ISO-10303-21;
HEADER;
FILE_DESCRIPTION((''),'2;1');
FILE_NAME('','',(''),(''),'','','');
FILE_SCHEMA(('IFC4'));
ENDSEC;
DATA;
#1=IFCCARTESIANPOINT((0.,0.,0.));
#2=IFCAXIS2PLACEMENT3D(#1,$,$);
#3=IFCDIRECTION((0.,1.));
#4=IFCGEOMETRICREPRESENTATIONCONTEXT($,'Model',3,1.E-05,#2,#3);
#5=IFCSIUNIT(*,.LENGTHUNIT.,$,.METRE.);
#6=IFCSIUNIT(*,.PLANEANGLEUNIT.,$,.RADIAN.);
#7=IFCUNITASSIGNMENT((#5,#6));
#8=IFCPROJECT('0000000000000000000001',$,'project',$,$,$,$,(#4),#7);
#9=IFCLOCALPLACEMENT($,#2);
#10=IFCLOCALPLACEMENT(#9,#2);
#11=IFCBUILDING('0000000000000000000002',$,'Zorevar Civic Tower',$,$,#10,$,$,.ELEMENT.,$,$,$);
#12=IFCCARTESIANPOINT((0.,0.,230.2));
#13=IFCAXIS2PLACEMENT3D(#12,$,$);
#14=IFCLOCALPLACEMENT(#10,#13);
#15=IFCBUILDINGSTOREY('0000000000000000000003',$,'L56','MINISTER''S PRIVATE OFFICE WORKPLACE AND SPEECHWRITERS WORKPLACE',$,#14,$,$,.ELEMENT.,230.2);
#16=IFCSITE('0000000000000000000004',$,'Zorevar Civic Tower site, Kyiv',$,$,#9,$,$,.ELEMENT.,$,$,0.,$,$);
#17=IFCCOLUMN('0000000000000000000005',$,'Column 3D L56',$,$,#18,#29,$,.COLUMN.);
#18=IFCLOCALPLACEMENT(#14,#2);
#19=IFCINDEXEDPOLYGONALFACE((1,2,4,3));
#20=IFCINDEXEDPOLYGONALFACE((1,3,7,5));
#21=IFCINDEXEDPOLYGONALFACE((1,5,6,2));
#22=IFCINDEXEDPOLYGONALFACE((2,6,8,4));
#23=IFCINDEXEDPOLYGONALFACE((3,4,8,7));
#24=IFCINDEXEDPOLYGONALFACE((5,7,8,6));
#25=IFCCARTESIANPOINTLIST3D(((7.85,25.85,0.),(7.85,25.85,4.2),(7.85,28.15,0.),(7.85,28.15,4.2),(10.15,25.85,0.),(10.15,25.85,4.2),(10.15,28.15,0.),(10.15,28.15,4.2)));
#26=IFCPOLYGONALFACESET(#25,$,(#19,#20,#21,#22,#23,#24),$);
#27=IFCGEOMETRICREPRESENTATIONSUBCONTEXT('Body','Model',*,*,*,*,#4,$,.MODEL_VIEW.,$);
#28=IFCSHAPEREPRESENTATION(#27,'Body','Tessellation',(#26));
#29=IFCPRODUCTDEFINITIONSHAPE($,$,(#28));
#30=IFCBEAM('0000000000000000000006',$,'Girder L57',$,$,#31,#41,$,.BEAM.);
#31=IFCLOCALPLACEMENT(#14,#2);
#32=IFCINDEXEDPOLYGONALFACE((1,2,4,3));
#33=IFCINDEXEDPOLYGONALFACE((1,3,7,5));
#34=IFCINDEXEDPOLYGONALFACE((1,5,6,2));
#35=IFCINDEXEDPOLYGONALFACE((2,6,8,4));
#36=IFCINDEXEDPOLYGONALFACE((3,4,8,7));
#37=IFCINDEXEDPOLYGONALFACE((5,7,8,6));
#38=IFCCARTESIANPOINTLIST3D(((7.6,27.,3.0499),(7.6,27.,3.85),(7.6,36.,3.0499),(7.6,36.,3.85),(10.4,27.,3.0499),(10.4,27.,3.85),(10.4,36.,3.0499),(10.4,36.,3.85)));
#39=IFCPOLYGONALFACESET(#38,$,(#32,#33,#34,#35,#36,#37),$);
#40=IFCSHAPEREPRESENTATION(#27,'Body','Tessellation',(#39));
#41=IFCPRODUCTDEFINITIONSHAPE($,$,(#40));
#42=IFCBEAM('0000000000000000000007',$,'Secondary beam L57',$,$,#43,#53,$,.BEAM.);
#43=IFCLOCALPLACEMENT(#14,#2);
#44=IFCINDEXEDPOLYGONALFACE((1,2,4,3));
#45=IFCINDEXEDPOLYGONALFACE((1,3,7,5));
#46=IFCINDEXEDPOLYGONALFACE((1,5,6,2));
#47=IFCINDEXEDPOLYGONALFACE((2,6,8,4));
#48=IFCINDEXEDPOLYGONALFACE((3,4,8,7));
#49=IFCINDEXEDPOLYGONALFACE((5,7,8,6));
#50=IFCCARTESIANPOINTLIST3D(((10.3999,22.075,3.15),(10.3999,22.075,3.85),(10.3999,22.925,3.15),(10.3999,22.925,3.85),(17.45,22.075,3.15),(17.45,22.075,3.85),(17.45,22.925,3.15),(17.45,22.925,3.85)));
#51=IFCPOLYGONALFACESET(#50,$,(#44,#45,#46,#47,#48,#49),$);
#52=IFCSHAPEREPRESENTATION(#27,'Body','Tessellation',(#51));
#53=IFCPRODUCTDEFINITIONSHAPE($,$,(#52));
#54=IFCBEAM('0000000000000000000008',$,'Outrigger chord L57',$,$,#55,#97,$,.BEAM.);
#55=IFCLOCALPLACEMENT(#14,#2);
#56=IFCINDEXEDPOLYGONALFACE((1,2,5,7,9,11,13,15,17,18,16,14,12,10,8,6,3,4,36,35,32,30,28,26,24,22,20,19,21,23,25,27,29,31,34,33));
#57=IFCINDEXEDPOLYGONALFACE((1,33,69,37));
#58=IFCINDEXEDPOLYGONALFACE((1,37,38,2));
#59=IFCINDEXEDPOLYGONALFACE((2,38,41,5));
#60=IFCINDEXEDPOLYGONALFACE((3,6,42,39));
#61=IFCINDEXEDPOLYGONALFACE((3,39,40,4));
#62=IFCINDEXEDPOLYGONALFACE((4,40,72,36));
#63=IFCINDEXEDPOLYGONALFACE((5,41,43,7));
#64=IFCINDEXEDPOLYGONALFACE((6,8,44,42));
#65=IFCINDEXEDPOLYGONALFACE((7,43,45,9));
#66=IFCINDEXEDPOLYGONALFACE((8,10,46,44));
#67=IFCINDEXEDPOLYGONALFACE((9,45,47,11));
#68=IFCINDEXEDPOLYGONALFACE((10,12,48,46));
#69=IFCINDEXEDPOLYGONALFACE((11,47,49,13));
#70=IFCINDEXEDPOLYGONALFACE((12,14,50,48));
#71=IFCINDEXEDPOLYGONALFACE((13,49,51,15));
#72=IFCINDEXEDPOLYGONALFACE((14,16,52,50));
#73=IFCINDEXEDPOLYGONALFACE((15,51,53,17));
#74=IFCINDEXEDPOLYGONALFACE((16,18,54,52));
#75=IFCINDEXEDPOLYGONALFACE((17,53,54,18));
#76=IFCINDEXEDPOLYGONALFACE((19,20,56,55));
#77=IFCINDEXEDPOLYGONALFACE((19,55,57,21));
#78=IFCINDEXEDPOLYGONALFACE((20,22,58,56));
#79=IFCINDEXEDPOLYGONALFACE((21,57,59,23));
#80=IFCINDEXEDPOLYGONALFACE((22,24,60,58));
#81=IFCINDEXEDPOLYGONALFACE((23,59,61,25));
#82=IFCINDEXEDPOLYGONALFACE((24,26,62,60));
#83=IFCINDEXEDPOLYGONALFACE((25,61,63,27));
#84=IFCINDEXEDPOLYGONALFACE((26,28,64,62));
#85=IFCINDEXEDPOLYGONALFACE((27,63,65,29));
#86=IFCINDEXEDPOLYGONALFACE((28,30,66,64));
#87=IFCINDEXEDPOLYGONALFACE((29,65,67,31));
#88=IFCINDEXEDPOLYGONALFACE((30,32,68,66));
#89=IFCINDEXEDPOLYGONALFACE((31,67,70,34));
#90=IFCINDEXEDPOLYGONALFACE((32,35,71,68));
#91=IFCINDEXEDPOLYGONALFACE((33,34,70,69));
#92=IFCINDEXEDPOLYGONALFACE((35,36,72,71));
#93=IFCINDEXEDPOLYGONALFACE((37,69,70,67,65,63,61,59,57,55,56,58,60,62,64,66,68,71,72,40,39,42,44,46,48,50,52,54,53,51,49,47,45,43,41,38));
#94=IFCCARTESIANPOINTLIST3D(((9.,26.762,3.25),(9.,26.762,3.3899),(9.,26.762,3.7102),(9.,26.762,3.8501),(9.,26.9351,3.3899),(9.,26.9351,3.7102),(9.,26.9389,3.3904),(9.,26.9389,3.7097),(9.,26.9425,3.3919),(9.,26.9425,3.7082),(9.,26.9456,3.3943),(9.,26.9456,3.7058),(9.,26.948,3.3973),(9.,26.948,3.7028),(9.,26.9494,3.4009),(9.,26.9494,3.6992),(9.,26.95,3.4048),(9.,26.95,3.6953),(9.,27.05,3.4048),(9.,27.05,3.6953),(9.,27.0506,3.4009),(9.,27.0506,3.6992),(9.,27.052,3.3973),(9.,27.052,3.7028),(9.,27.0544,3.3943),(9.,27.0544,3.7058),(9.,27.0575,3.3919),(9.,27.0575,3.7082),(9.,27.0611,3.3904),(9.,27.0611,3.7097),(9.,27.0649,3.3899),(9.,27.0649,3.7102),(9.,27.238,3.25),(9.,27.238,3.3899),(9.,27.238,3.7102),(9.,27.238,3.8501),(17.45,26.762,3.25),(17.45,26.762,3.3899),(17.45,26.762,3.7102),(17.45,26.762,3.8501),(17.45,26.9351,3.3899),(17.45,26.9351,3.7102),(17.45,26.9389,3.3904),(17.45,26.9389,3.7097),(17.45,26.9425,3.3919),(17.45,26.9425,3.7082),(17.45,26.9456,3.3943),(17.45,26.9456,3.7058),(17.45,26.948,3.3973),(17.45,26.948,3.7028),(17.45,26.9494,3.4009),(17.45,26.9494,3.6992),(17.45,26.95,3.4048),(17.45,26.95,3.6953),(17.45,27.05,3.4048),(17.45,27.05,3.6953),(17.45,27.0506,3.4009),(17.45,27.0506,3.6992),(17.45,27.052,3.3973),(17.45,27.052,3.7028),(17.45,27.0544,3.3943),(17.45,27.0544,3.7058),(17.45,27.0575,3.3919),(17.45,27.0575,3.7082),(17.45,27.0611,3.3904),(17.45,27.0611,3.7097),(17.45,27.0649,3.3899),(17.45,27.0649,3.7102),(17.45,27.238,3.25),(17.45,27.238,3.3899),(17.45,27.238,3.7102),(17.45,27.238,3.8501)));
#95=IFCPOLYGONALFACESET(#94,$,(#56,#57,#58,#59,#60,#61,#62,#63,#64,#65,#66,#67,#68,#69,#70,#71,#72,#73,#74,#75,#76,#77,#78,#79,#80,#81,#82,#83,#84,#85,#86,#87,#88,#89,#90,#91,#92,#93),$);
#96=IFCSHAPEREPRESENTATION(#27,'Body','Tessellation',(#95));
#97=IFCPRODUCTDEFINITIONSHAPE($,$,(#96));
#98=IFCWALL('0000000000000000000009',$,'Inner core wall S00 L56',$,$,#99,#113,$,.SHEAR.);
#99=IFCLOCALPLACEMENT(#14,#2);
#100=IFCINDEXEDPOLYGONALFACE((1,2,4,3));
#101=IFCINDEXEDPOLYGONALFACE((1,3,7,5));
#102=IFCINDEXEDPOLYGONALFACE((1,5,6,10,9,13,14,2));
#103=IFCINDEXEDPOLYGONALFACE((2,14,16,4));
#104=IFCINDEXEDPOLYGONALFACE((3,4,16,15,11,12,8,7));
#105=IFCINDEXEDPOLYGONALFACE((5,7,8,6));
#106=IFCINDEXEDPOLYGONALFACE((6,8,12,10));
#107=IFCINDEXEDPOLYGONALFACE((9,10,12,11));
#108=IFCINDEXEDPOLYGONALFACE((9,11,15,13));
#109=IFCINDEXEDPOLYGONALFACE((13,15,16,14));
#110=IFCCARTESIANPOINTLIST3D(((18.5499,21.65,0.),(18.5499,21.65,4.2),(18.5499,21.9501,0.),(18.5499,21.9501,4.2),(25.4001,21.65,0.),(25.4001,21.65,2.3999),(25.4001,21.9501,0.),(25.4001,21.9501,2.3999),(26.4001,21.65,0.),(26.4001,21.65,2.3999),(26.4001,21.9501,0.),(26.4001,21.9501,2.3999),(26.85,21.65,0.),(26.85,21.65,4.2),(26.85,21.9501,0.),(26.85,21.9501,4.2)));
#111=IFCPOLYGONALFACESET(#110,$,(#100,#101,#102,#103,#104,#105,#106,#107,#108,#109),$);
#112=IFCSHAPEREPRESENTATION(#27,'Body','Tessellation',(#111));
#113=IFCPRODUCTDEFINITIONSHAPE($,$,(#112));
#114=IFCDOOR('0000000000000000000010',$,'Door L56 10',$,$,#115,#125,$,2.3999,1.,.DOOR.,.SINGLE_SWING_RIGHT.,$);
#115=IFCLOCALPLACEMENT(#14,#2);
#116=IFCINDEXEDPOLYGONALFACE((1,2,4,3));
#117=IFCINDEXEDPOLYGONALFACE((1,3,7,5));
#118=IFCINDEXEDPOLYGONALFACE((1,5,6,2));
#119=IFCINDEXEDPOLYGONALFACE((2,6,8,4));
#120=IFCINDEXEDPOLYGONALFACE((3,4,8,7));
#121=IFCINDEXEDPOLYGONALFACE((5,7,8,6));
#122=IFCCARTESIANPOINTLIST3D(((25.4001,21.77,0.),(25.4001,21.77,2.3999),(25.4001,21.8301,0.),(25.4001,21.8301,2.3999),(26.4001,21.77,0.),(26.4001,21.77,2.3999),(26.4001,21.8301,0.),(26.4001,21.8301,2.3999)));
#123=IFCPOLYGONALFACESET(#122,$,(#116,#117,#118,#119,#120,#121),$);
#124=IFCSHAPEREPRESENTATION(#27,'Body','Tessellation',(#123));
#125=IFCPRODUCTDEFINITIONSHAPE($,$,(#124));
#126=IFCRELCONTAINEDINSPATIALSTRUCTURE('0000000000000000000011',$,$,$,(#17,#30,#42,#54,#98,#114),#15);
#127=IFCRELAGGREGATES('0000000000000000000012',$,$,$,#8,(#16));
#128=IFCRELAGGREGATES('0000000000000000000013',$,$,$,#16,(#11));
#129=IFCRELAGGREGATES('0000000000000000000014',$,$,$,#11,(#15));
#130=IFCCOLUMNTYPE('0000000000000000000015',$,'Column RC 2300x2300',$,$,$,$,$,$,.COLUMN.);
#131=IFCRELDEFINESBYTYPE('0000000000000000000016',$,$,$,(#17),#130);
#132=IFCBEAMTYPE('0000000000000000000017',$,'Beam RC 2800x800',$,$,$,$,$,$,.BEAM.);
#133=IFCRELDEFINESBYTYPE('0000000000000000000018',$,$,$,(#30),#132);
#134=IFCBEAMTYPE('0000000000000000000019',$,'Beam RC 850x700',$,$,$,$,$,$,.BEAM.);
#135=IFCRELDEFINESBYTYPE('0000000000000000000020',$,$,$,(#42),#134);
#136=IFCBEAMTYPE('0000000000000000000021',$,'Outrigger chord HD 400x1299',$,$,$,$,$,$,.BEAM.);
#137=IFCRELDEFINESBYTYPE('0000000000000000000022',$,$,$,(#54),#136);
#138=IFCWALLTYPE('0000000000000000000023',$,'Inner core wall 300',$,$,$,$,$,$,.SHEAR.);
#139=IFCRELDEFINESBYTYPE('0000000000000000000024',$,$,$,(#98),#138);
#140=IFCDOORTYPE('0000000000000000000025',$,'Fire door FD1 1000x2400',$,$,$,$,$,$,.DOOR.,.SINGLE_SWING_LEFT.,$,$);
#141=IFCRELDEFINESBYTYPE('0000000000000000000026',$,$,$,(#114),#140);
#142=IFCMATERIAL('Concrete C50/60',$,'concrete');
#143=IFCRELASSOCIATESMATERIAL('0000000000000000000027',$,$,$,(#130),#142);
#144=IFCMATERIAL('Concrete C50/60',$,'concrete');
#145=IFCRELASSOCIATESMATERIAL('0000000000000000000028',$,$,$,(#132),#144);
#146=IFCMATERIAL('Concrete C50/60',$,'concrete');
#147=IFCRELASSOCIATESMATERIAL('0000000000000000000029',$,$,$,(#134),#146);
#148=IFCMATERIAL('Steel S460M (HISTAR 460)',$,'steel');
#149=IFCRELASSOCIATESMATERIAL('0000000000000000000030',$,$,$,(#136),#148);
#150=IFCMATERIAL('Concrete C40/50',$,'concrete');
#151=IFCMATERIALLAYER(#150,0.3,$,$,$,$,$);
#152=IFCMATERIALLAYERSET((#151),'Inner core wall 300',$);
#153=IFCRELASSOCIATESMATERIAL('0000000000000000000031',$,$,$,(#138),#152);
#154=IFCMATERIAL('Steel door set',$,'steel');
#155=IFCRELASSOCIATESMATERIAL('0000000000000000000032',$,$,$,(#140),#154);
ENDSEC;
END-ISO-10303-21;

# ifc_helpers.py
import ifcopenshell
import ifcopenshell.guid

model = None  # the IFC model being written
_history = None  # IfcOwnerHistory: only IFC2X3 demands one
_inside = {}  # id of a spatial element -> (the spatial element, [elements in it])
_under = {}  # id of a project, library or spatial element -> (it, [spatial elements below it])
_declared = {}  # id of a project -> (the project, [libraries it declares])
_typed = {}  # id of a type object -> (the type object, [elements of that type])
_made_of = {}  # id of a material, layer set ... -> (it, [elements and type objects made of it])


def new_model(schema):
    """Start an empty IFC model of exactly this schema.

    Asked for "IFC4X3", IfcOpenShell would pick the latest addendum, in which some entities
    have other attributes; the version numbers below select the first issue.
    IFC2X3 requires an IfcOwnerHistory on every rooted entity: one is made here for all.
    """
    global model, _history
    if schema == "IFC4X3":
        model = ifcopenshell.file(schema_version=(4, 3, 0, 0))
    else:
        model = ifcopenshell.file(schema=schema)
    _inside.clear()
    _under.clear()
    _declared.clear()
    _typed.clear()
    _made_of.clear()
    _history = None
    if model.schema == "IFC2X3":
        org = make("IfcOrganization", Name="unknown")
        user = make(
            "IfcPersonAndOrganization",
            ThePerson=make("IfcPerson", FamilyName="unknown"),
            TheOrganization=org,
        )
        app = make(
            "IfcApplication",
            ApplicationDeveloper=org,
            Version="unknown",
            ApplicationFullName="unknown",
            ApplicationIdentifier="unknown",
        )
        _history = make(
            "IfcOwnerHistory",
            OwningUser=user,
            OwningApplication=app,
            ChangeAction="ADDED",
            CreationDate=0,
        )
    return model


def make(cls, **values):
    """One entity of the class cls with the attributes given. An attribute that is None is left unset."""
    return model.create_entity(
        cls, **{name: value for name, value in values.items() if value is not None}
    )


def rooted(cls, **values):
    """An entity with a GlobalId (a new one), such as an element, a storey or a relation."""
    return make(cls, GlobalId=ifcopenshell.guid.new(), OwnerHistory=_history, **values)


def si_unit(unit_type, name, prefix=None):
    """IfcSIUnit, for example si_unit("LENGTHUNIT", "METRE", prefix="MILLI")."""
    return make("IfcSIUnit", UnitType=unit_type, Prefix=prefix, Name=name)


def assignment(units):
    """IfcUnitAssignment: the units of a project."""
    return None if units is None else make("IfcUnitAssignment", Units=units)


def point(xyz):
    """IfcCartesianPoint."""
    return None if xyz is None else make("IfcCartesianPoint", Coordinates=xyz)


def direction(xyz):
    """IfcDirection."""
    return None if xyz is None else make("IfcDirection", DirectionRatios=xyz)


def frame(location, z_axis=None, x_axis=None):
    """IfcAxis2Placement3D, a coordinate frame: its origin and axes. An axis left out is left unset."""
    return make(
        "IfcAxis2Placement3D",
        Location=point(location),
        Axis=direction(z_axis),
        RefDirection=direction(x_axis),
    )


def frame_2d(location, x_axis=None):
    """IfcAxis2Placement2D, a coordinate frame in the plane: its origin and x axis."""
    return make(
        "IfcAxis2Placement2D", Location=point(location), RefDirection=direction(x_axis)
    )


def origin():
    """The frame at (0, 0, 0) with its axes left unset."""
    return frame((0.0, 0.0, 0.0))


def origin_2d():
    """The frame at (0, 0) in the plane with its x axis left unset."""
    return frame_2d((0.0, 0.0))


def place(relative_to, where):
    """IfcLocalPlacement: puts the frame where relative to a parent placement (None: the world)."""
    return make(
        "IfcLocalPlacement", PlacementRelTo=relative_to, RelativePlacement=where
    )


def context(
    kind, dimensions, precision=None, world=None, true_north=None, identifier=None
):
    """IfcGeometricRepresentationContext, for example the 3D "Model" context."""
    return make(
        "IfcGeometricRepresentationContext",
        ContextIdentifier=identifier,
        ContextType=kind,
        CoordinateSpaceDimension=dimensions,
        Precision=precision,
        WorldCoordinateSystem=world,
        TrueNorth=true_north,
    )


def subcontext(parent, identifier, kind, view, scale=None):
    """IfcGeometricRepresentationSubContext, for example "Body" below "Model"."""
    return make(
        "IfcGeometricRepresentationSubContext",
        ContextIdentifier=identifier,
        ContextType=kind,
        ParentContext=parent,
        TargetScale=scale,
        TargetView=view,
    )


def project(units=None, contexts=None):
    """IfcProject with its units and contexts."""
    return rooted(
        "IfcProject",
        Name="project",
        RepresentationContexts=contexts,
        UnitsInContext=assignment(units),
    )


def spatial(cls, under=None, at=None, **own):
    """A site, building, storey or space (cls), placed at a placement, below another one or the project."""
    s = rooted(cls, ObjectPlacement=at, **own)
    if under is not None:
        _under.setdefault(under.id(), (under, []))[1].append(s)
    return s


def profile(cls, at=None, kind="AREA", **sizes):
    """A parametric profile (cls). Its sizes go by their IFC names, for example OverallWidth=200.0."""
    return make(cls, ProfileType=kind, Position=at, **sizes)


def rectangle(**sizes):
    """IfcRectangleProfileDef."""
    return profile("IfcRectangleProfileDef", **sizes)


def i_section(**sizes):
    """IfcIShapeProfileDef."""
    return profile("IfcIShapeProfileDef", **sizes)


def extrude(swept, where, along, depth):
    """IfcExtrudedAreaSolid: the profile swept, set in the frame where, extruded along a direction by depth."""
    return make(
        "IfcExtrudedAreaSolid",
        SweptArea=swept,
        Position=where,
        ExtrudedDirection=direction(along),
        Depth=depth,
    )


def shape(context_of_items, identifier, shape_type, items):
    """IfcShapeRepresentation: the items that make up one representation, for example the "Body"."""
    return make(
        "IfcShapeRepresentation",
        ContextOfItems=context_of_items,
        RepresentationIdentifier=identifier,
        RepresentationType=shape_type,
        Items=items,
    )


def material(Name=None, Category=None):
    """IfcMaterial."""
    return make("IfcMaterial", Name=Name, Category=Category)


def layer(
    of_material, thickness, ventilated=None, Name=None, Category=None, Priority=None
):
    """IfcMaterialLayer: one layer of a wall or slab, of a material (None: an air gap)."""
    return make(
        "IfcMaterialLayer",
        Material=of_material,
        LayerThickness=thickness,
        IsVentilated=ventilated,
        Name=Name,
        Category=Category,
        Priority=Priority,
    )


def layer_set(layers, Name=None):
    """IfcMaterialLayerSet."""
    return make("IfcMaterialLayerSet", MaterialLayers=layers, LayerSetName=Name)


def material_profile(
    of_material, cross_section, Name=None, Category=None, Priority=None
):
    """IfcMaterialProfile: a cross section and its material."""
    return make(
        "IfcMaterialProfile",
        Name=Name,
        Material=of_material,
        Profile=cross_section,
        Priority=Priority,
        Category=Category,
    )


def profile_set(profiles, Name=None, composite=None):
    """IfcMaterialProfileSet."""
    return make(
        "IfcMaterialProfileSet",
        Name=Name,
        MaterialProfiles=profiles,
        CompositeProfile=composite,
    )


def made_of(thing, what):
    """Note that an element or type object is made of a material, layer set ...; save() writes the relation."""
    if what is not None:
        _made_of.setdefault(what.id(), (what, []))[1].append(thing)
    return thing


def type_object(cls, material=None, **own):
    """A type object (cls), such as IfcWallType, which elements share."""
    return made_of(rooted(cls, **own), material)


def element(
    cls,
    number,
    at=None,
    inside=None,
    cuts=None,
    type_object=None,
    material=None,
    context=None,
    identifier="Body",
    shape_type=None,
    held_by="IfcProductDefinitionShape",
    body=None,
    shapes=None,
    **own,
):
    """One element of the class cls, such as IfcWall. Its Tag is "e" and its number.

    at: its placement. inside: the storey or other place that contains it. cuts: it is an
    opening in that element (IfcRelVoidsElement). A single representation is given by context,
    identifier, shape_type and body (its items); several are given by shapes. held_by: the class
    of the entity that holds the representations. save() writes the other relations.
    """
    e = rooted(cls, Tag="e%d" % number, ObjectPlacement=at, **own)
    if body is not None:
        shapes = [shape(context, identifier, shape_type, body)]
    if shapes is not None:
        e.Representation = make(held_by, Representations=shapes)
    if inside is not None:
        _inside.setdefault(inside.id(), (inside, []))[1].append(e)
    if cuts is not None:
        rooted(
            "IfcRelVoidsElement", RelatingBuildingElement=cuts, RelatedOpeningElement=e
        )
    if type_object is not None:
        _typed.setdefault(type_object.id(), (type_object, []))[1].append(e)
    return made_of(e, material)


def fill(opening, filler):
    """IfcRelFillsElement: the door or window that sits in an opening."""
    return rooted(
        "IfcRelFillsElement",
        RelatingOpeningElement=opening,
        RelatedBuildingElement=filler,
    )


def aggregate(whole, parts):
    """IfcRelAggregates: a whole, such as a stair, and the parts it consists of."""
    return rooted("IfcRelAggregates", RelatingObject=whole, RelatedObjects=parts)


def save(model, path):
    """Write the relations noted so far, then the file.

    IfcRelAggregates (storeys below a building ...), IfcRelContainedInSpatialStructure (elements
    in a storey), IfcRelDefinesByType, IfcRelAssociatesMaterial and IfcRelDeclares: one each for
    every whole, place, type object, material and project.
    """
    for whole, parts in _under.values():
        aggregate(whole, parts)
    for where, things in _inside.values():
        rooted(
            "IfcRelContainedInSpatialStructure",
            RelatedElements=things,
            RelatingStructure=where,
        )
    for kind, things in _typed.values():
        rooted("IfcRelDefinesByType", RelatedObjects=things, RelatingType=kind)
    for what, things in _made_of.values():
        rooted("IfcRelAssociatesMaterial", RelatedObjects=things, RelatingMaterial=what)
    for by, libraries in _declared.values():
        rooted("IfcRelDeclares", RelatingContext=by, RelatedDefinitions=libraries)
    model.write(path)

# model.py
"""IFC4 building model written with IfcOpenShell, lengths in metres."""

from ifc_helpers import new_model, si_unit, direction, frame, frame_2d, origin, origin_2d, place, context, subcontext, project, spatial, rectangle, i_section, extrude, material, layer, layer_set, material_profile, profile_set, type_object, element, fill, save


model = new_model("IFC4")

# Units and contexts
model_context = context("Model", 3, precision=1e-05, world=origin(), true_north=direction((0.0, 1.0)))
body_context = subcontext(model_context, "Body", "Model", "MODEL_VIEW")
ifc_project = project(units=[si_unit("LENGTHUNIT", "METRE"), si_unit("PLANEANGLEUNIT", "RADIAN")], contexts=[model_context])

# Site, building, storey
site_placement = place(None, origin())
site = spatial("IfcSite", under=ifc_project, at=site_placement, Name="Zorevar Civic Tower site, Kyiv", CompositionType="ELEMENT", RefElevation=0.0)
building_placement = place(site_placement, origin())
building = spatial("IfcBuilding", under=site, at=building_placement, Name="Zorevar Civic Tower", CompositionType="ELEMENT")
storey_placement = place(building_placement, frame((0.0, 0.0, 230.2)))
storey = spatial("IfcBuildingStorey", under=building, at=storey_placement, Name="L56", Description="MINISTER'S PRIVATE OFFICE WORKPLACE AND SPEECHWRITERS WORKPLACE", CompositionType="ELEMENT", Elevation=230.2)

# Column
ifc_material_1 = material(Name="Concrete C50/60", Category="concrete")
ifc_material_profile_1 = material_profile(ifc_material_1, rectangle(XDim=2.3, YDim=2.3, at=origin_2d()), Name="RC 2300x2300")
ifc_profile_set_1 = profile_set([ifc_material_profile_1], Name="Concrete C50/60")
column_type = type_object("IfcColumnType", Name="Column RC 2300x2300", PredefinedType="COLUMN", material=ifc_profile_set_1)
column_placement = place(storey_placement, frame((9.0, 27.0, 0.0), z_axis=(0.0, 0.0, 1.0), x_axis=(1.0, 0.0, 0.0)))
element("IfcColumn", 1, at=column_placement, inside=storey, type_object=column_type, Name="Column 3D L56", PredefinedType="COLUMN", context=body_context, shape_type="SweptSolid", body=[
    extrude(rectangle(XDim=2.3, YDim=2.3, at=origin_2d()), origin(), (0.0, 0.0, 1.0), 4.2),
])

# Beams
ifc_material_2 = material(Name="Concrete C50/60", Category="concrete")
ifc_material_profile_2 = material_profile(ifc_material_2, rectangle(XDim=2.8, YDim=0.8, at=origin_2d()), Name="RC 2800x800")
ifc_profile_set_2 = profile_set([ifc_material_profile_2], Name="Concrete C50/60")
beam_type_1 = type_object("IfcBeamType", Name="Beam RC 2800x800", PredefinedType="BEAM", material=ifc_profile_set_2)
beam_1_placement = place(storey_placement, frame((9.0, 27.0, 3.45), z_axis=(0.0, 1.0, 0.0), x_axis=(-1.0, 0.0, 0.0)))
element("IfcBeam", 2, at=beam_1_placement, inside=storey, type_object=beam_type_1, Name="Girder L57", PredefinedType="BEAM", context=body_context, shape_type="SweptSolid", body=[
    extrude(rectangle(XDim=2.8, YDim=0.8, at=origin_2d()), origin(), (0.0, 0.0, 1.0), 9.0),
])
ifc_material_3 = material(Name="Concrete C50/60", Category="concrete")
ifc_material_profile_3 = material_profile(ifc_material_3, rectangle(XDim=0.8501, YDim=0.7, at=origin_2d()), Name="RC 850x700")
ifc_profile_set_3 = profile_set([ifc_material_profile_3], Name="Concrete C50/60")
beam_type_2 = type_object("IfcBeamType", Name="Beam RC 850x700", PredefinedType="BEAM", material=ifc_profile_set_3)
beam_2_placement = place(storey_placement, frame((10.3999, 22.5, 3.5), z_axis=(1.0, 0.0, 0.0), x_axis=(0.0, 1.0, 0.0)))
element("IfcBeam", 3, at=beam_2_placement, inside=storey, type_object=beam_type_2, Name="Secondary beam L57", PredefinedType="BEAM", context=body_context, shape_type="SweptSolid", body=[
    extrude(rectangle(XDim=0.8501, YDim=0.7, at=origin_2d()), origin(), (0.0, 0.0, 1.0), 7.05),
])
ifc_material_4 = material(Name="Steel S460M (HISTAR 460)", Category="steel")
ifc_material_profile_4 = material_profile(ifc_material_4, i_section(OverallWidth=0.4761, OverallDepth=0.6001, WebThickness=0.1001, FlangeThickness=0.1399, FilletRadius=0.0149, at=origin_2d()), Name="HD 400x1299")
ifc_profile_set_4 = profile_set([ifc_material_profile_4], Name="Steel S460M (HISTAR 460)")
beam_type_3 = type_object("IfcBeamType", Name="Outrigger chord HD 400x1299", PredefinedType="BEAM", material=ifc_profile_set_4)
beam_3_placement = place(storey_placement, frame((9.0, 27.0, 3.55), z_axis=(1.0, 0.0, 0.0), x_axis=(0.0, 1.0, 0.0)))
element("IfcBeam", 4, at=beam_3_placement, inside=storey, type_object=beam_type_3, Name="Outrigger chord L57", PredefinedType="BEAM", context=body_context, shape_type="SweptSolid", body=[
    extrude(i_section(OverallWidth=0.4761, OverallDepth=0.6001, WebThickness=0.1001, FlangeThickness=0.1399, FilletRadius=0.0149, at=origin_2d()), origin(), (0.0, 0.0, 1.0), 8.45),
])

# Wall, opening, door
ifc_material_5 = material(Name="Concrete C40/50", Category="concrete")
ifc_layer_1 = layer(ifc_material_5, 0.3)
ifc_layer_set_1 = layer_set([ifc_layer_1], Name="Inner core wall 300")
wall_type_1 = type_object("IfcWallType", Name="Inner core wall 300", PredefinedType="SHEAR", material=ifc_layer_set_1)
wall_1_placement = place(storey_placement, frame((18.55, 21.8, 0.0), z_axis=(0.0, 0.0, 1.0), x_axis=(1.0, 0.0, 0.0)))
wall_1 = element("IfcWall", 5, at=wall_1_placement, inside=storey, type_object=wall_type_1, Name="Inner core wall S00 L56", PredefinedType="SHEAR", context=body_context, shape_type="SweptSolid", body=[
    extrude(rectangle(XDim=8.3, YDim=0.3, at=frame_2d((4.1499, 0.0))), origin(), (0.0, 0.0, 1.0), 4.2),
])
opening_1_placement = place(wall_1_placement, frame((6.8501, 0.0, 0.0)))
opening_1 = element("IfcOpeningElement", 6, at=opening_1_placement, cuts=wall_1, PredefinedType="OPENING", context=body_context, shape_type="SweptSolid", body=[
    extrude(rectangle(XDim=1.0, YDim=2.3999, at=frame_2d((0.5, 1.2))), frame((0.0, 0.1599, 0.0), z_axis=(0.0, -1.0, 0.0), x_axis=(1.0, 0.0, 0.0)), (0.0, 0.0, 1.0), 0.3201),
])
ifc_material_6 = material(Name="Steel door set", Category="steel")
door_type_1 = type_object("IfcDoorType", Name="Fire door FD1 1000x2400", OperationType="SINGLE_SWING_LEFT", PredefinedType="DOOR", material=ifc_material_6)
door_1_placement = place(opening_1_placement, origin())
door_1 = element("IfcDoor", 7, at=door_1_placement, inside=storey, type_object=door_type_1, Name="Door L56 10", OperationType="SINGLE_SWING_RIGHT", OverallHeight=2.3999, OverallWidth=1.0, PredefinedType="DOOR", context=body_context, shape_type="SweptSolid", body=[
    extrude(rectangle(XDim=1.0, YDim=2.3999, at=frame_2d((0.5, 1.2))), frame((0.0, 0.03, 0.0), z_axis=(0.0, -1.0, 0.0), x_axis=(1.0, 0.0, 0.0)), (0.0, 0.0, 1.0), 0.0601),
])
fill(opening_1, door_1)

save(model, "model.ifc")
